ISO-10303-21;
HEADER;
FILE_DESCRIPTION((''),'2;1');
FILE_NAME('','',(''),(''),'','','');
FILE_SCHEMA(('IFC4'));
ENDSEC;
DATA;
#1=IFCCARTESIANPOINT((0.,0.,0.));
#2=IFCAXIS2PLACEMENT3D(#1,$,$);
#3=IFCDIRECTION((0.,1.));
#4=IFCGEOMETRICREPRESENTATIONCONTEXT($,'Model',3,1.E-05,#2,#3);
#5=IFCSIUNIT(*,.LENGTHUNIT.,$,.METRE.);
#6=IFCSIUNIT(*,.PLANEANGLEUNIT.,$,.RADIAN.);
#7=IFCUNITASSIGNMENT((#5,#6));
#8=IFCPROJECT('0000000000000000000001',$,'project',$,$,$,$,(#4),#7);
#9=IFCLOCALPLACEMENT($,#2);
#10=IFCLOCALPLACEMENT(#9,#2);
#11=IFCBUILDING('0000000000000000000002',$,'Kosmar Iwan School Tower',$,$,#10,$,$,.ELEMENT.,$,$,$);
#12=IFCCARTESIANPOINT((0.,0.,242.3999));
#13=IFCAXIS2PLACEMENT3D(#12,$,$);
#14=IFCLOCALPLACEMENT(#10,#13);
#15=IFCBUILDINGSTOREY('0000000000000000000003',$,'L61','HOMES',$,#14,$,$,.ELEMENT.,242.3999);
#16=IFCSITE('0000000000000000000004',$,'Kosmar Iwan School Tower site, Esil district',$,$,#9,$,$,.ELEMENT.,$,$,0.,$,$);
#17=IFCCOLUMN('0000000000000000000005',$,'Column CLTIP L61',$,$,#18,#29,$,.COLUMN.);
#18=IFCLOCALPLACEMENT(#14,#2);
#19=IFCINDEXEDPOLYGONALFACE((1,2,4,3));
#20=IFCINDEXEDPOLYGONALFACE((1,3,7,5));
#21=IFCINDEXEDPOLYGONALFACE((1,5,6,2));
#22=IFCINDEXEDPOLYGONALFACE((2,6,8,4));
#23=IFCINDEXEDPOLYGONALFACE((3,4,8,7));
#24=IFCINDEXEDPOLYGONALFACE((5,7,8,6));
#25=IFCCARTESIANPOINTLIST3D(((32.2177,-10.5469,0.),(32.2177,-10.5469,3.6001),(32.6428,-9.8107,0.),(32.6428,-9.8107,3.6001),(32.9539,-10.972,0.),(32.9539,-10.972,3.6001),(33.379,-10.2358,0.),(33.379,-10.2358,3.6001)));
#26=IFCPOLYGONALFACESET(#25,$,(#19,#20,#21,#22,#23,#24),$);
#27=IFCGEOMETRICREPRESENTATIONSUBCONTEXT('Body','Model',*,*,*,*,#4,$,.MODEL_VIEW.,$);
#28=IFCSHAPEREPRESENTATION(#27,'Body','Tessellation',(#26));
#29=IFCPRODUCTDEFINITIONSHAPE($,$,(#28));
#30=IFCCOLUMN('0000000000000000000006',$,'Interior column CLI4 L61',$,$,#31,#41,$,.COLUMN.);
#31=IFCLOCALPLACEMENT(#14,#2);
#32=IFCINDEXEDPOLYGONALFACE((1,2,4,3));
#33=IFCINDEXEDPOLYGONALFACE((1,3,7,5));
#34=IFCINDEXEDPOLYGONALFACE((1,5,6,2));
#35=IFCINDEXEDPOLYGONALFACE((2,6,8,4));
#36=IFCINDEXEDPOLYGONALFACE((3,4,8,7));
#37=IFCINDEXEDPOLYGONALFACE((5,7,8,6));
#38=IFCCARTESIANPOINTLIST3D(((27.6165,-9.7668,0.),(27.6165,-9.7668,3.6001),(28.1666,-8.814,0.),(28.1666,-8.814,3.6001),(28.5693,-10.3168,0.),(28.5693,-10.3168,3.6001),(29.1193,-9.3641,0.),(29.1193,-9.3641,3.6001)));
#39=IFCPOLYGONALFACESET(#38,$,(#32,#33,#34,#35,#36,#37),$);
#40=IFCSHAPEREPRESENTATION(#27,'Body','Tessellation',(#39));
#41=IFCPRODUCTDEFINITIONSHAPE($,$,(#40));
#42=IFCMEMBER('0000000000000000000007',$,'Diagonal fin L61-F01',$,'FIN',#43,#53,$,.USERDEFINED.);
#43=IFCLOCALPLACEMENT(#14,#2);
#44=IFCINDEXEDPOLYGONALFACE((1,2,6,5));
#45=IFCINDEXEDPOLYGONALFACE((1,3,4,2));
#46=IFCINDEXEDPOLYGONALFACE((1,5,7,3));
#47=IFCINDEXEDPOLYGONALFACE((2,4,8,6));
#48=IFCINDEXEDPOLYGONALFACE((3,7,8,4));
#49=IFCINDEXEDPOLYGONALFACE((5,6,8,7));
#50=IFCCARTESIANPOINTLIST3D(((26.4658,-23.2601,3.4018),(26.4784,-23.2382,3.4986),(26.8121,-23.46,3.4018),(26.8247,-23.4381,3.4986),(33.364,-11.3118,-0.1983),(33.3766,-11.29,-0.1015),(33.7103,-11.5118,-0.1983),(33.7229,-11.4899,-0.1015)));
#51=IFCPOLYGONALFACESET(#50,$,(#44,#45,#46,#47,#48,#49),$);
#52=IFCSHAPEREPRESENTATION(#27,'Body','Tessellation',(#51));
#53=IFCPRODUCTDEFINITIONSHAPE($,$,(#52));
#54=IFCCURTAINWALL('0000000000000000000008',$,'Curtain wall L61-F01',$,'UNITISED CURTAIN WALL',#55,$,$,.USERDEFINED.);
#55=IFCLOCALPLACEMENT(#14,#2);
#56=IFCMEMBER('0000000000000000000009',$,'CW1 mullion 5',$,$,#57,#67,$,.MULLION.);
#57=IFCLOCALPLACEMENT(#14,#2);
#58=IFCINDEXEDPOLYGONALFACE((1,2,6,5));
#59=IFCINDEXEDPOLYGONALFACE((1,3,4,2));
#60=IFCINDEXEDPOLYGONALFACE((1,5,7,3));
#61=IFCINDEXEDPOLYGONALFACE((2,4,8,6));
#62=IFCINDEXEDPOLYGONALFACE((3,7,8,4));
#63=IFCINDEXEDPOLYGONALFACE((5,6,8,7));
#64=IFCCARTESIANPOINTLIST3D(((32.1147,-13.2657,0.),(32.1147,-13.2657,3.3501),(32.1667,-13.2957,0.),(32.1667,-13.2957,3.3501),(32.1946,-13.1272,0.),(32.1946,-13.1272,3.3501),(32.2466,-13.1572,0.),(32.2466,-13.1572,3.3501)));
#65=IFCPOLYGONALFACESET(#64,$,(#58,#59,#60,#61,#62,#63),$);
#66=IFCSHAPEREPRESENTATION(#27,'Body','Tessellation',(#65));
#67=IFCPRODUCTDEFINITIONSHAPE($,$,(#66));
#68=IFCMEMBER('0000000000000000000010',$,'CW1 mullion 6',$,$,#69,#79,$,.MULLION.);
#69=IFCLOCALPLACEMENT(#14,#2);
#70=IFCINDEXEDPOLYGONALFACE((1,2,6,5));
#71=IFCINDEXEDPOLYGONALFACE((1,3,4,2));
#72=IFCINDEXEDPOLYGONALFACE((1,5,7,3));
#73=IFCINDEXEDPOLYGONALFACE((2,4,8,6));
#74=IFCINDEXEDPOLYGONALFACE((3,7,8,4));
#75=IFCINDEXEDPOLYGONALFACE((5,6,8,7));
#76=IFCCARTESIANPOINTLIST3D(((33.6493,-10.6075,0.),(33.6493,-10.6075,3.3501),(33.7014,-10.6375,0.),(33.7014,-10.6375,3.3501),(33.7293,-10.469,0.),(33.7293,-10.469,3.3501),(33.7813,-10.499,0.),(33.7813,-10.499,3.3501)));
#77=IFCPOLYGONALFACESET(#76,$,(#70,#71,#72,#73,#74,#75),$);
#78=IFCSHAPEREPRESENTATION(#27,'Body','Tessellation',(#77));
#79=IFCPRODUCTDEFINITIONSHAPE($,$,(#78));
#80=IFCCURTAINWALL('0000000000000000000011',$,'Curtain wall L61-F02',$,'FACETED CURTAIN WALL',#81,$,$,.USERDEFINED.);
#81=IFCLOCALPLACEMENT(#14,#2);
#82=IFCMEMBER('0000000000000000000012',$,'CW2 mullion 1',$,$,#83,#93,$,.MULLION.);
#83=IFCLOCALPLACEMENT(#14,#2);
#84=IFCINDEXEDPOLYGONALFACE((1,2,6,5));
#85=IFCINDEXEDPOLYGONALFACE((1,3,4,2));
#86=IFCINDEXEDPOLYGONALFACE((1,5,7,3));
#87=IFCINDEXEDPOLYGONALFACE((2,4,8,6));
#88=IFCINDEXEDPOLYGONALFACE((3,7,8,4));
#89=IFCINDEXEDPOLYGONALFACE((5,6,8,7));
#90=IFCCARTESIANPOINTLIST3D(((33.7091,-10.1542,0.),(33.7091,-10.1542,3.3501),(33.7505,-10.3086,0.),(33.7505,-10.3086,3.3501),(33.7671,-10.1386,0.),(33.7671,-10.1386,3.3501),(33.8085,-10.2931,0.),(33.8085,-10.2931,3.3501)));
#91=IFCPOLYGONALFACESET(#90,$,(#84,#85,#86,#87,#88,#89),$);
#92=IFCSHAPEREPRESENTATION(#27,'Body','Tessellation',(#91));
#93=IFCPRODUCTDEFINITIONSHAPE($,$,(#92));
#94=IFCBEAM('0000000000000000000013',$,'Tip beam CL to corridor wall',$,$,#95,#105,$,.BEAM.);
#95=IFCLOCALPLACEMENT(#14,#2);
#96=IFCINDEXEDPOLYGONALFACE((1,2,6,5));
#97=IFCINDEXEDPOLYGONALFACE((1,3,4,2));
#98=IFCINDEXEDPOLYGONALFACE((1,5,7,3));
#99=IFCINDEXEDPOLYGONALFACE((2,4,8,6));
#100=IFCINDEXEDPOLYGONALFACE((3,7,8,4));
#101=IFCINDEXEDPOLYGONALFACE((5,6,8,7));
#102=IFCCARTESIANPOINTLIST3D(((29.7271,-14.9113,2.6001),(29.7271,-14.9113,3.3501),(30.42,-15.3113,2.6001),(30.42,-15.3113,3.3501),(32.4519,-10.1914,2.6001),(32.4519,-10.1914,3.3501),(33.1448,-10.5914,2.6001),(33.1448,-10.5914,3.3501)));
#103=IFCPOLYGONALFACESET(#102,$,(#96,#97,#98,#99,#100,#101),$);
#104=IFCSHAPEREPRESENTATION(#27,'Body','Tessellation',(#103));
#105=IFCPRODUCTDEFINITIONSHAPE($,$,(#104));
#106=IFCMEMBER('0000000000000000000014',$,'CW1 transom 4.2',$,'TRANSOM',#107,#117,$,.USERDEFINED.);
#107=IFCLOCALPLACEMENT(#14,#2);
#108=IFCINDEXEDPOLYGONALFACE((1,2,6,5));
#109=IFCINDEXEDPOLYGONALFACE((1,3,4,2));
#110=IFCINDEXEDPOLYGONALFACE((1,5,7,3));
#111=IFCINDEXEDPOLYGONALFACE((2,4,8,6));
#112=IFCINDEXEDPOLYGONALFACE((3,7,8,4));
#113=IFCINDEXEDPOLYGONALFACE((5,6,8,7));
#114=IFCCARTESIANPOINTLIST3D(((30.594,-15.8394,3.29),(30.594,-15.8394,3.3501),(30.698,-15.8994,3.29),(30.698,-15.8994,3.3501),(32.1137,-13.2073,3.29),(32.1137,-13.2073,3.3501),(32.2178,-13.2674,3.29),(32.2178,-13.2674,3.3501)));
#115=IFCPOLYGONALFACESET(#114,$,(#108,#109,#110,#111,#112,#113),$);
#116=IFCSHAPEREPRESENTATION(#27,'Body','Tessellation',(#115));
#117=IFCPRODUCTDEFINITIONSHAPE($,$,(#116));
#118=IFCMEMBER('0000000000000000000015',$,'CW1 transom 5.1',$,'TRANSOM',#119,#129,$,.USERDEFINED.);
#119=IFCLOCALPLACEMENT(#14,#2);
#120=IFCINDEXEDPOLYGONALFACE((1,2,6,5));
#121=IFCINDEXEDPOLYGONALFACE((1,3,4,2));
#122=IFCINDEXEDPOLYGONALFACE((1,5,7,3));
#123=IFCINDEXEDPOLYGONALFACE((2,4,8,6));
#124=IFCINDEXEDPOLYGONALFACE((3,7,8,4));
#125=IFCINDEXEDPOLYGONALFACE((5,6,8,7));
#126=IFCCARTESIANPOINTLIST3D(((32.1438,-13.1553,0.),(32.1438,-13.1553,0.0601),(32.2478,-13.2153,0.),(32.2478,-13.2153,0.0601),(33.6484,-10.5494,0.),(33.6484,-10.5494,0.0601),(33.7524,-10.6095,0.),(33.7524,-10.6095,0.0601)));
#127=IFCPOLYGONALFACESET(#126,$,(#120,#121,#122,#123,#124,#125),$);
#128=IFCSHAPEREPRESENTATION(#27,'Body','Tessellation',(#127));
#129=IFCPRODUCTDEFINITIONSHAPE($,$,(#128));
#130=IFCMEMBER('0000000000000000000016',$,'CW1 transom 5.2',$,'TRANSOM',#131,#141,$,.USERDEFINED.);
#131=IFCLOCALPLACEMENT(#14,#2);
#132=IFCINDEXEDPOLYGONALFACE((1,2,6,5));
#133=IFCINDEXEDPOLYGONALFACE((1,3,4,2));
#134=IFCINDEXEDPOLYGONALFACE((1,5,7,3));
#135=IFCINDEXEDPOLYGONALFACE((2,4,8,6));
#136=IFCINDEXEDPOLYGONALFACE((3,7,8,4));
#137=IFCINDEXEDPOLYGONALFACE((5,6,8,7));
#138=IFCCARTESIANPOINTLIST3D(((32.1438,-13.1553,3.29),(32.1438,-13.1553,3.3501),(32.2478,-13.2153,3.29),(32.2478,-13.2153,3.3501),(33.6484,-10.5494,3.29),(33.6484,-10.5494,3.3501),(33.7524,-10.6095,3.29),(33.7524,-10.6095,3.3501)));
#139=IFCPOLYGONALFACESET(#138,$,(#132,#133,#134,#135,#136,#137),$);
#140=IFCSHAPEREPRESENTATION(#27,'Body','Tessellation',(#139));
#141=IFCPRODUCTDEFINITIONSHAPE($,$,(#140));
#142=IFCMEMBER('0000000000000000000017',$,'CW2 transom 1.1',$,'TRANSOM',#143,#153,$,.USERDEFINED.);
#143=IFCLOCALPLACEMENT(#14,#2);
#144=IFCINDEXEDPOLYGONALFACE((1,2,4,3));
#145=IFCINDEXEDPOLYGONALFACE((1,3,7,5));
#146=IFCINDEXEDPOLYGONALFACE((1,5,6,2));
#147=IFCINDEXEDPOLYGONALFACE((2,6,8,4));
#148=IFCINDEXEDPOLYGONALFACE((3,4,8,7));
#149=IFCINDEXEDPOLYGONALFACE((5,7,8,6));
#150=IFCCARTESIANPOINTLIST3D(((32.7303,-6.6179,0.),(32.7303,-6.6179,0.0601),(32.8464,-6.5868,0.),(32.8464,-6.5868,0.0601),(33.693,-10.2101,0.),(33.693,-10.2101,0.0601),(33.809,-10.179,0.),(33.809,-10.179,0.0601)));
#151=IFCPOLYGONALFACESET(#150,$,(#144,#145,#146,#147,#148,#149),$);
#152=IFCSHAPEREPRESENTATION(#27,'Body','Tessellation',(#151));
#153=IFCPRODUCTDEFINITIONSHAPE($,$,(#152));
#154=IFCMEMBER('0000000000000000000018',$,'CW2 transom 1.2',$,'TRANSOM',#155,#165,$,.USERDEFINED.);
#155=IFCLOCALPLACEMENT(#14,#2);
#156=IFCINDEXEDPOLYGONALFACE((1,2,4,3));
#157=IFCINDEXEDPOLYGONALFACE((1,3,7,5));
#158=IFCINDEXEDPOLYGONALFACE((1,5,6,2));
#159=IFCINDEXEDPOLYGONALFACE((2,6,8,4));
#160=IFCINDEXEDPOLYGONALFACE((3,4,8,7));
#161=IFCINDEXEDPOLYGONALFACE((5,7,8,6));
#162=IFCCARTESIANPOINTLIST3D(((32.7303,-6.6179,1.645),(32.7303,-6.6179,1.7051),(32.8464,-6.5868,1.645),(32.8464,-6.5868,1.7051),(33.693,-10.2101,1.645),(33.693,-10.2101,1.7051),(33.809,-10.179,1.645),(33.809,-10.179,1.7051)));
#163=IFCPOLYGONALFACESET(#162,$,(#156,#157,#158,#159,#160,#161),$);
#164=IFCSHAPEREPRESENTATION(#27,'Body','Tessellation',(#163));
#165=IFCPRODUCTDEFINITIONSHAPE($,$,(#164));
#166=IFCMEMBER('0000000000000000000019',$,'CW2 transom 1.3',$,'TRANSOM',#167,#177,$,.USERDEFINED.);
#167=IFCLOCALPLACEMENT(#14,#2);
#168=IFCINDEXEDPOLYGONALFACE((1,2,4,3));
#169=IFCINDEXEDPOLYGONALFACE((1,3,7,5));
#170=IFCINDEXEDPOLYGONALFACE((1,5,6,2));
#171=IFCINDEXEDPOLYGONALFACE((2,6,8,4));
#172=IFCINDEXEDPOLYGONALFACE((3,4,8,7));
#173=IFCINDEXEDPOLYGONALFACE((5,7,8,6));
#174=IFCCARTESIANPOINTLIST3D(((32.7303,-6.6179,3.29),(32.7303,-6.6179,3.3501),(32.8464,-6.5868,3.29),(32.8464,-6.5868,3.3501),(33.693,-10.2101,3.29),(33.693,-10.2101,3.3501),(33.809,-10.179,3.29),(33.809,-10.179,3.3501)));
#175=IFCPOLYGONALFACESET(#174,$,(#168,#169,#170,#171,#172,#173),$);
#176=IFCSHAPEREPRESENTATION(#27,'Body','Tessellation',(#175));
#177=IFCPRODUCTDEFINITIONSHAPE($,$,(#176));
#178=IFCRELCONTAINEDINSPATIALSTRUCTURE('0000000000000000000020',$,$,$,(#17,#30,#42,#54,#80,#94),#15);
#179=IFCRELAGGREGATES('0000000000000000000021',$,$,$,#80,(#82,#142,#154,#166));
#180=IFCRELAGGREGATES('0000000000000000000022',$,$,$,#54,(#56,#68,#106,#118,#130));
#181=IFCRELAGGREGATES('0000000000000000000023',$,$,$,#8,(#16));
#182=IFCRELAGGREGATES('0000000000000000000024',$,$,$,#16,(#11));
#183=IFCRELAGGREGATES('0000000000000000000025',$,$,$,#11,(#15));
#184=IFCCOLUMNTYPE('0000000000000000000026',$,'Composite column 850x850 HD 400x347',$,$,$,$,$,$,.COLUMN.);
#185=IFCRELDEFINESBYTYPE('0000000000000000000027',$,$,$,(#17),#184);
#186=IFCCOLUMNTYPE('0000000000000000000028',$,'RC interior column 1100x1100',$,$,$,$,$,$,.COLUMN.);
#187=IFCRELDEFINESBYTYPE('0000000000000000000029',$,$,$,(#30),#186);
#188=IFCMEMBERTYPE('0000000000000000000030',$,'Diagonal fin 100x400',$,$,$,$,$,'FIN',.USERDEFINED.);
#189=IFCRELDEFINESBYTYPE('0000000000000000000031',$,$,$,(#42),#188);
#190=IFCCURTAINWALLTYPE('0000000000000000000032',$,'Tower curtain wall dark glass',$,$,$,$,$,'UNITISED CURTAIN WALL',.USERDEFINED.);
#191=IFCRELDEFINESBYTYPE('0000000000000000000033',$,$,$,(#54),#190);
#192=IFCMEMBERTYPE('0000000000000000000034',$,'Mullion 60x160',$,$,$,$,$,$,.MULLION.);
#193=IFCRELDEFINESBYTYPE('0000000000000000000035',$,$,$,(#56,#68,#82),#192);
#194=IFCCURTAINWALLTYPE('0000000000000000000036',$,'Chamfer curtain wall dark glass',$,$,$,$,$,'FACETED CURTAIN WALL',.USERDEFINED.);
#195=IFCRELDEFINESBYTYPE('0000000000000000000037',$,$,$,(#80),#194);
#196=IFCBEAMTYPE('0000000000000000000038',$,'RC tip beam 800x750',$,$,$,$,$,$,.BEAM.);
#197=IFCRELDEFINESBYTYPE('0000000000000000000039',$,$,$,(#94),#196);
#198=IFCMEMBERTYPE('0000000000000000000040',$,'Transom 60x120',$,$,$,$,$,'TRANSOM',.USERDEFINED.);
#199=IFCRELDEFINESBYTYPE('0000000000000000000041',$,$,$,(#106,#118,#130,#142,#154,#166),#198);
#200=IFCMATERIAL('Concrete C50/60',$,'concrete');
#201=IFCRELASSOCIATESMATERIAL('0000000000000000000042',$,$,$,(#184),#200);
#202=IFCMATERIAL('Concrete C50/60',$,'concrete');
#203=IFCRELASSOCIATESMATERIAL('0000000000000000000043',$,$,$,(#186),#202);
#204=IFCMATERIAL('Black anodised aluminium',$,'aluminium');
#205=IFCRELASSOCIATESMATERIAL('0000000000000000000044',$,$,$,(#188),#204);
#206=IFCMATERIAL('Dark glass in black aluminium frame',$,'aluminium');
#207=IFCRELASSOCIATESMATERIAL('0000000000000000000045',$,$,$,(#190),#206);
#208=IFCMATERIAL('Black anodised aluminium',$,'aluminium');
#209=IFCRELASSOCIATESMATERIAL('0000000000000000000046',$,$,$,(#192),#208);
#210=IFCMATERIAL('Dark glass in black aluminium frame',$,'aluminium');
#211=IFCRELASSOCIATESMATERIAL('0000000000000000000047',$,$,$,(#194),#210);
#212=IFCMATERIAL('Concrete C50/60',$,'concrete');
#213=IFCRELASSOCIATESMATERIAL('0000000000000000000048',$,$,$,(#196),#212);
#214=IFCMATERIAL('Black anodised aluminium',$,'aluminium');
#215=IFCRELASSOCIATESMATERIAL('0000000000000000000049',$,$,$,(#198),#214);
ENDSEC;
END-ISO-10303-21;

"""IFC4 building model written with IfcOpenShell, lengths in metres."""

from ifc_helpers import new_model, si_unit, direction, frame, origin, origin_2d, place, context, subcontext, project, spatial, rectangle, extrude, material, material_profile, profile_set, type_object, element, aggregate, save


model = new_model("IFC4")

# Units and contexts
model_context = context("Model", 3, precision=1e-05, world=origin(), true_north=direction((0.0, 1.0)))
body_context = subcontext(model_context, "Body", "Model", "MODEL_VIEW")
ifc_project = project(units=[si_unit("LENGTHUNIT", "METRE"), si_unit("PLANEANGLEUNIT", "RADIAN")], contexts=[model_context])

# Site, building, storey
site_placement = place(None, origin())
site = spatial("IfcSite", under=ifc_project, at=site_placement, Name="Kosmar Iwan School Tower site, Esil district", CompositionType="ELEMENT", RefElevation=0.0)
building_placement = place(site_placement, origin())
building = spatial("IfcBuilding", under=site, at=building_placement, Name="Kosmar Iwan School Tower", CompositionType="ELEMENT")
storey_placement = place(building_placement, frame((0.0, 0.0, 242.3999)))
storey = spatial("IfcBuildingStorey", under=building, at=storey_placement, Name="L61", Description="HOMES", CompositionType="ELEMENT", Elevation=242.3999)

# Columns
ifc_material_1 = material(Name="Concrete C50/60", Category="concrete")
ifc_material_profile_1 = material_profile(ifc_material_1, rectangle(XDim=0.8501, YDim=0.8501, at=origin_2d()), Name="RC 850x850 + HD 400x347")
ifc_profile_set_1 = profile_set([ifc_material_profile_1], Name="Concrete C50/60")
column_type_1 = type_object("IfcColumnType", Name="Composite column 850x850 HD 400x347", PredefinedType="COLUMN", material=ifc_profile_set_1)
column_1_placement = place(storey_placement, frame((32.7983, -10.3914, 0.0), z_axis=(0.0, 0.0, 1.0), x_axis=(0.866025, -0.5, 0.0)))
element("IfcColumn", 1, at=column_1_placement, inside=storey, type_object=column_type_1, Name="Column CLTIP L61", PredefinedType="COLUMN", context=body_context, shape_type="SweptSolid", body=[
    extrude(rectangle(XDim=0.8501, YDim=0.8501, at=origin_2d()), origin(), (0.0, 0.0, 1.0), 3.6001),
])
ifc_material_2 = material(Name="Concrete C50/60", Category="concrete")
ifc_material_profile_2 = material_profile(ifc_material_2, rectangle(XDim=1.1001, YDim=1.1001, at=origin_2d()), Name="RC 1100x1100")
ifc_profile_set_2 = profile_set([ifc_material_profile_2], Name="Concrete C50/60")
column_type_2 = type_object("IfcColumnType", Name="RC interior column 1100x1100", PredefinedType="COLUMN", material=ifc_profile_set_2)
column_2_placement = place(storey_placement, frame((28.3679, -9.5654, 0.0), z_axis=(0.0, 0.0, 1.0), x_axis=(0.866025, -0.5, 0.0)))
element("IfcColumn", 2, at=column_2_placement, inside=storey, type_object=column_type_2, Name="Interior column CLI4 L61", PredefinedType="COLUMN", context=body_context, shape_type="SweptSolid", body=[
    extrude(rectangle(XDim=1.1001, YDim=1.1001, at=origin_2d()), origin(), (0.0, 0.0, 1.0), 3.6001),
])

# Member
ifc_material_3 = material(Name="Black anodised aluminium", Category="aluminium")
ifc_material_profile_3 = material_profile(ifc_material_3, rectangle(XDim=0.1001, YDim=0.3999, at=origin_2d()), Name="FIN 100x400")
ifc_profile_set_3 = profile_set([ifc_material_profile_3], Name="Black anodised aluminium")
member_type_1 = type_object("IfcMemberType", Name="Diagonal fin 100x400", ElementType="FIN", PredefinedType="USERDEFINED", material=ifc_profile_set_3)
member_1_placement = place(storey_placement, frame((33.5435, -11.4009, -0.1499), z_axis=(-0.483793, -0.83797, 0.252487), x_axis=(0.126242, 0.218661, 0.9676)))
element("IfcMember", 3, at=member_1_placement, inside=storey, type_object=member_type_1, Name="Diagonal fin L61-F01", ObjectType="FIN", PredefinedType="USERDEFINED", context=body_context, shape_type="SweptSolid", body=[
    extrude(rectangle(XDim=0.1001, YDim=0.3999, at=origin_2d()), origin(), (0.0, 0.0, 1.0), 14.2585),
])

# Curtain wall, members
ifc_material_4 = material(Name="Dark glass in black aluminium frame", Category="aluminium")
curtain_wall_type_1 = type_object("IfcCurtainWallType", Name="Tower curtain wall dark glass", ElementType="UNITISED CURTAIN WALL", PredefinedType="USERDEFINED", material=ifc_material_4)
curtain_wall_1_placement = place(storey_placement, origin())
curtain_wall_1 = element("IfcCurtainWall", 4, at=curtain_wall_1_placement, inside=storey, type_object=curtain_wall_type_1, Name="Curtain wall L61-F01", ObjectType="UNITISED CURTAIN WALL", PredefinedType="USERDEFINED")
ifc_material_5 = material(Name="Black anodised aluminium", Category="aluminium")
ifc_material_profile_4 = material_profile(ifc_material_5, rectangle(XDim=0.0601, YDim=0.1599, at=origin_2d()), Name="MULLION 60x160")
ifc_profile_set_4 = profile_set([ifc_material_profile_4], Name="Black anodised aluminium")
member_type_2 = type_object("IfcMemberType", Name="Mullion 60x160", PredefinedType="MULLION", material=ifc_profile_set_4)
member_2_placement = place(storey_placement, frame((32.1807, -13.2114, 0.0), z_axis=(0.0, 0.0, 1.0), x_axis=(-0.866025, 0.5, 0.0)))
member_2 = element("IfcMember", 5, at=member_2_placement, type_object=member_type_2, Name="CW1 mullion 5", PredefinedType="MULLION", context=body_context, shape_type="SweptSolid", body=[
    extrude(rectangle(XDim=0.0601, YDim=0.1599, at=origin_2d()), origin(), (0.0, 0.0, 1.0), 3.3501),
])
member_3_placement = place(storey_placement, frame((33.7153, -10.5532, 0.0), z_axis=(0.0, 0.0, 1.0), x_axis=(-0.866025, 0.5, 0.0)))
member_3 = element("IfcMember", 6, at=member_3_placement, type_object=member_type_2, Name="CW1 mullion 6", PredefinedType="MULLION", context=body_context, shape_type="SweptSolid", body=[
    extrude(rectangle(XDim=0.0601, YDim=0.1599, at=origin_2d()), origin(), (0.0, 0.0, 1.0), 3.3501),
])

# Curtain wall, member
ifc_material_6 = material(Name="Dark glass in black aluminium frame", Category="aluminium")
curtain_wall_type_2 = type_object("IfcCurtainWallType", Name="Chamfer curtain wall dark glass", ElementType="FACETED CURTAIN WALL", PredefinedType="USERDEFINED", material=ifc_material_6)
curtain_wall_2_placement = place(storey_placement, origin())
curtain_wall_2 = element("IfcCurtainWall", 7, at=curtain_wall_2_placement, inside=storey, type_object=curtain_wall_type_2, Name="Curtain wall L61-F02", ObjectType="FACETED CURTAIN WALL", PredefinedType="USERDEFINED")
member_4_placement = place(storey_placement, frame((33.7588, -10.2236, 0.0), z_axis=(0.0, 0.0, 1.0), x_axis=(-0.965926, -0.258819, 0.0)))
member_4 = element("IfcMember", 8, at=member_4_placement, type_object=member_type_2, Name="CW2 mullion 1", PredefinedType="MULLION", context=body_context, shape_type="SweptSolid", body=[
    extrude(rectangle(XDim=0.0601, YDim=0.1599, at=origin_2d()), origin(), (0.0, 0.0, 1.0), 3.3501),
])

# Beam
ifc_material_7 = material(Name="Concrete C50/60", Category="concrete")
ifc_material_profile_5 = material_profile(ifc_material_7, rectangle(XDim=0.8, YDim=0.75, at=origin_2d()), Name="RC 800x750")
ifc_profile_set_5 = profile_set([ifc_material_profile_5], Name="Concrete C50/60")
beam_type = type_object("IfcBeamType", Name="RC tip beam 800x750", PredefinedType="BEAM", material=ifc_profile_set_5)
beam_placement = place(storey_placement, frame((32.7983, -10.3914, 2.9751), z_axis=(-0.499969, -0.866043, 0.0), x_axis=(0.866043, -0.499969, 0.0)))
element("IfcBeam", 9, at=beam_placement, inside=storey, type_object=beam_type, Name="Tip beam CL to corridor wall", PredefinedType="BEAM", context=body_context, shape_type="SweptSolid", body=[
    extrude(rectangle(XDim=0.8, YDim=0.75, at=origin_2d()), origin(), (0.0, 0.0, 1.0), 5.45),
])

# Members
ifc_material_8 = material(Name="Black anodised aluminium", Category="aluminium")
ifc_material_profile_6 = material_profile(ifc_material_8, rectangle(XDim=0.1201, YDim=0.0601, at=origin_2d()), Name="TRANSOM 60x120")
ifc_profile_set_6 = profile_set([ifc_material_profile_6], Name="Black anodised aluminium")
member_type_3 = type_object("IfcMemberType", Name="Transom 60x120", ElementType="TRANSOM", PredefinedType="USERDEFINED", material=ifc_profile_set_6)
member_5_placement = place(storey_placement, frame((30.646, -15.8694, 3.3201), z_axis=(0.500035, 0.866005, 0.0), x_axis=(-0.866005, 0.500035, 0.0)))
member_5 = element("IfcMember", 10, at=member_5_placement, type_object=member_type_3, Name="CW1 transom 4.2", ObjectType="TRANSOM", PredefinedType="USERDEFINED", context=body_context, shape_type="SweptSolid", body=[
    extrude(rectangle(XDim=0.1201, YDim=0.0601, at=origin_2d()), origin(), (0.0, 0.0, 1.0), 3.0393),
])
member_6_placement = place(storey_placement, frame((32.1958, -13.1853, 0.03), z_axis=(0.500022, 0.866013, 0.0), x_axis=(-0.866013, 0.500022, 0.0)))
member_6 = element("IfcMember", 11, at=member_6_placement, type_object=member_type_3, Name="CW1 transom 5.1", ObjectType="TRANSOM", PredefinedType="USERDEFINED", context=body_context, shape_type="SweptSolid", body=[
    extrude(rectangle(XDim=0.1201, YDim=0.0601, at=origin_2d()), origin(), (0.0, 0.0, 1.0), 3.009),
])
member_7_placement = place(storey_placement, frame((32.1958, -13.1853, 3.3201), z_axis=(0.500022, 0.866013, 0.0), x_axis=(-0.866013, 0.500022, 0.0)))
member_7 = element("IfcMember", 12, at=member_7_placement, type_object=member_type_3, Name="CW1 transom 5.2", ObjectType="TRANSOM", PredefinedType="USERDEFINED", context=body_context, shape_type="SweptSolid", body=[
    extrude(rectangle(XDim=0.1201, YDim=0.0601, at=origin_2d()), origin(), (0.0, 0.0, 1.0), 3.009),
])
member_8_placement = place(storey_placement, frame((33.751, -10.1946, 0.03), z_axis=(-0.258843, 0.965919, 0.0), x_axis=(-0.965919, -0.258843, 0.0)))
member_8 = element("IfcMember", 13, at=member_8_placement, type_object=member_type_3, Name="CW2 transom 1.1", ObjectType="TRANSOM", PredefinedType="USERDEFINED", context=body_context, shape_type="SweptSolid", body=[
    extrude(rectangle(XDim=0.1201, YDim=0.0601, at=origin_2d()), origin(), (0.0, 0.0, 1.0), 3.719),
])
member_9_placement = place(storey_placement, frame((33.751, -10.1946, 1.675), z_axis=(-0.258843, 0.965919, 0.0), x_axis=(-0.965919, -0.258843, 0.0)))
member_9 = element("IfcMember", 14, at=member_9_placement, type_object=member_type_3, Name="CW2 transom 1.2", ObjectType="TRANSOM", PredefinedType="USERDEFINED", context=body_context, shape_type="SweptSolid", body=[
    extrude(rectangle(XDim=0.1201, YDim=0.0601, at=origin_2d()), origin(), (0.0, 0.0, 1.0), 3.719),
])
member_10_placement = place(storey_placement, frame((33.751, -10.1946, 3.3201), z_axis=(-0.258843, 0.965919, 0.0), x_axis=(-0.965919, -0.258843, 0.0)))
member_10 = element("IfcMember", 15, at=member_10_placement, type_object=member_type_3, Name="CW2 transom 1.3", ObjectType="TRANSOM", PredefinedType="USERDEFINED", context=body_context, shape_type="SweptSolid", body=[
    extrude(rectangle(XDim=0.1201, YDim=0.0601, at=origin_2d()), origin(), (0.0, 0.0, 1.0), 3.719),
])
aggregate(curtain_wall_2, [member_4, member_8, member_9, member_10])

aggregate(curtain_wall_1, [member_2, member_3, member_5, member_6, member_7])

save(model, "model.ifc")
